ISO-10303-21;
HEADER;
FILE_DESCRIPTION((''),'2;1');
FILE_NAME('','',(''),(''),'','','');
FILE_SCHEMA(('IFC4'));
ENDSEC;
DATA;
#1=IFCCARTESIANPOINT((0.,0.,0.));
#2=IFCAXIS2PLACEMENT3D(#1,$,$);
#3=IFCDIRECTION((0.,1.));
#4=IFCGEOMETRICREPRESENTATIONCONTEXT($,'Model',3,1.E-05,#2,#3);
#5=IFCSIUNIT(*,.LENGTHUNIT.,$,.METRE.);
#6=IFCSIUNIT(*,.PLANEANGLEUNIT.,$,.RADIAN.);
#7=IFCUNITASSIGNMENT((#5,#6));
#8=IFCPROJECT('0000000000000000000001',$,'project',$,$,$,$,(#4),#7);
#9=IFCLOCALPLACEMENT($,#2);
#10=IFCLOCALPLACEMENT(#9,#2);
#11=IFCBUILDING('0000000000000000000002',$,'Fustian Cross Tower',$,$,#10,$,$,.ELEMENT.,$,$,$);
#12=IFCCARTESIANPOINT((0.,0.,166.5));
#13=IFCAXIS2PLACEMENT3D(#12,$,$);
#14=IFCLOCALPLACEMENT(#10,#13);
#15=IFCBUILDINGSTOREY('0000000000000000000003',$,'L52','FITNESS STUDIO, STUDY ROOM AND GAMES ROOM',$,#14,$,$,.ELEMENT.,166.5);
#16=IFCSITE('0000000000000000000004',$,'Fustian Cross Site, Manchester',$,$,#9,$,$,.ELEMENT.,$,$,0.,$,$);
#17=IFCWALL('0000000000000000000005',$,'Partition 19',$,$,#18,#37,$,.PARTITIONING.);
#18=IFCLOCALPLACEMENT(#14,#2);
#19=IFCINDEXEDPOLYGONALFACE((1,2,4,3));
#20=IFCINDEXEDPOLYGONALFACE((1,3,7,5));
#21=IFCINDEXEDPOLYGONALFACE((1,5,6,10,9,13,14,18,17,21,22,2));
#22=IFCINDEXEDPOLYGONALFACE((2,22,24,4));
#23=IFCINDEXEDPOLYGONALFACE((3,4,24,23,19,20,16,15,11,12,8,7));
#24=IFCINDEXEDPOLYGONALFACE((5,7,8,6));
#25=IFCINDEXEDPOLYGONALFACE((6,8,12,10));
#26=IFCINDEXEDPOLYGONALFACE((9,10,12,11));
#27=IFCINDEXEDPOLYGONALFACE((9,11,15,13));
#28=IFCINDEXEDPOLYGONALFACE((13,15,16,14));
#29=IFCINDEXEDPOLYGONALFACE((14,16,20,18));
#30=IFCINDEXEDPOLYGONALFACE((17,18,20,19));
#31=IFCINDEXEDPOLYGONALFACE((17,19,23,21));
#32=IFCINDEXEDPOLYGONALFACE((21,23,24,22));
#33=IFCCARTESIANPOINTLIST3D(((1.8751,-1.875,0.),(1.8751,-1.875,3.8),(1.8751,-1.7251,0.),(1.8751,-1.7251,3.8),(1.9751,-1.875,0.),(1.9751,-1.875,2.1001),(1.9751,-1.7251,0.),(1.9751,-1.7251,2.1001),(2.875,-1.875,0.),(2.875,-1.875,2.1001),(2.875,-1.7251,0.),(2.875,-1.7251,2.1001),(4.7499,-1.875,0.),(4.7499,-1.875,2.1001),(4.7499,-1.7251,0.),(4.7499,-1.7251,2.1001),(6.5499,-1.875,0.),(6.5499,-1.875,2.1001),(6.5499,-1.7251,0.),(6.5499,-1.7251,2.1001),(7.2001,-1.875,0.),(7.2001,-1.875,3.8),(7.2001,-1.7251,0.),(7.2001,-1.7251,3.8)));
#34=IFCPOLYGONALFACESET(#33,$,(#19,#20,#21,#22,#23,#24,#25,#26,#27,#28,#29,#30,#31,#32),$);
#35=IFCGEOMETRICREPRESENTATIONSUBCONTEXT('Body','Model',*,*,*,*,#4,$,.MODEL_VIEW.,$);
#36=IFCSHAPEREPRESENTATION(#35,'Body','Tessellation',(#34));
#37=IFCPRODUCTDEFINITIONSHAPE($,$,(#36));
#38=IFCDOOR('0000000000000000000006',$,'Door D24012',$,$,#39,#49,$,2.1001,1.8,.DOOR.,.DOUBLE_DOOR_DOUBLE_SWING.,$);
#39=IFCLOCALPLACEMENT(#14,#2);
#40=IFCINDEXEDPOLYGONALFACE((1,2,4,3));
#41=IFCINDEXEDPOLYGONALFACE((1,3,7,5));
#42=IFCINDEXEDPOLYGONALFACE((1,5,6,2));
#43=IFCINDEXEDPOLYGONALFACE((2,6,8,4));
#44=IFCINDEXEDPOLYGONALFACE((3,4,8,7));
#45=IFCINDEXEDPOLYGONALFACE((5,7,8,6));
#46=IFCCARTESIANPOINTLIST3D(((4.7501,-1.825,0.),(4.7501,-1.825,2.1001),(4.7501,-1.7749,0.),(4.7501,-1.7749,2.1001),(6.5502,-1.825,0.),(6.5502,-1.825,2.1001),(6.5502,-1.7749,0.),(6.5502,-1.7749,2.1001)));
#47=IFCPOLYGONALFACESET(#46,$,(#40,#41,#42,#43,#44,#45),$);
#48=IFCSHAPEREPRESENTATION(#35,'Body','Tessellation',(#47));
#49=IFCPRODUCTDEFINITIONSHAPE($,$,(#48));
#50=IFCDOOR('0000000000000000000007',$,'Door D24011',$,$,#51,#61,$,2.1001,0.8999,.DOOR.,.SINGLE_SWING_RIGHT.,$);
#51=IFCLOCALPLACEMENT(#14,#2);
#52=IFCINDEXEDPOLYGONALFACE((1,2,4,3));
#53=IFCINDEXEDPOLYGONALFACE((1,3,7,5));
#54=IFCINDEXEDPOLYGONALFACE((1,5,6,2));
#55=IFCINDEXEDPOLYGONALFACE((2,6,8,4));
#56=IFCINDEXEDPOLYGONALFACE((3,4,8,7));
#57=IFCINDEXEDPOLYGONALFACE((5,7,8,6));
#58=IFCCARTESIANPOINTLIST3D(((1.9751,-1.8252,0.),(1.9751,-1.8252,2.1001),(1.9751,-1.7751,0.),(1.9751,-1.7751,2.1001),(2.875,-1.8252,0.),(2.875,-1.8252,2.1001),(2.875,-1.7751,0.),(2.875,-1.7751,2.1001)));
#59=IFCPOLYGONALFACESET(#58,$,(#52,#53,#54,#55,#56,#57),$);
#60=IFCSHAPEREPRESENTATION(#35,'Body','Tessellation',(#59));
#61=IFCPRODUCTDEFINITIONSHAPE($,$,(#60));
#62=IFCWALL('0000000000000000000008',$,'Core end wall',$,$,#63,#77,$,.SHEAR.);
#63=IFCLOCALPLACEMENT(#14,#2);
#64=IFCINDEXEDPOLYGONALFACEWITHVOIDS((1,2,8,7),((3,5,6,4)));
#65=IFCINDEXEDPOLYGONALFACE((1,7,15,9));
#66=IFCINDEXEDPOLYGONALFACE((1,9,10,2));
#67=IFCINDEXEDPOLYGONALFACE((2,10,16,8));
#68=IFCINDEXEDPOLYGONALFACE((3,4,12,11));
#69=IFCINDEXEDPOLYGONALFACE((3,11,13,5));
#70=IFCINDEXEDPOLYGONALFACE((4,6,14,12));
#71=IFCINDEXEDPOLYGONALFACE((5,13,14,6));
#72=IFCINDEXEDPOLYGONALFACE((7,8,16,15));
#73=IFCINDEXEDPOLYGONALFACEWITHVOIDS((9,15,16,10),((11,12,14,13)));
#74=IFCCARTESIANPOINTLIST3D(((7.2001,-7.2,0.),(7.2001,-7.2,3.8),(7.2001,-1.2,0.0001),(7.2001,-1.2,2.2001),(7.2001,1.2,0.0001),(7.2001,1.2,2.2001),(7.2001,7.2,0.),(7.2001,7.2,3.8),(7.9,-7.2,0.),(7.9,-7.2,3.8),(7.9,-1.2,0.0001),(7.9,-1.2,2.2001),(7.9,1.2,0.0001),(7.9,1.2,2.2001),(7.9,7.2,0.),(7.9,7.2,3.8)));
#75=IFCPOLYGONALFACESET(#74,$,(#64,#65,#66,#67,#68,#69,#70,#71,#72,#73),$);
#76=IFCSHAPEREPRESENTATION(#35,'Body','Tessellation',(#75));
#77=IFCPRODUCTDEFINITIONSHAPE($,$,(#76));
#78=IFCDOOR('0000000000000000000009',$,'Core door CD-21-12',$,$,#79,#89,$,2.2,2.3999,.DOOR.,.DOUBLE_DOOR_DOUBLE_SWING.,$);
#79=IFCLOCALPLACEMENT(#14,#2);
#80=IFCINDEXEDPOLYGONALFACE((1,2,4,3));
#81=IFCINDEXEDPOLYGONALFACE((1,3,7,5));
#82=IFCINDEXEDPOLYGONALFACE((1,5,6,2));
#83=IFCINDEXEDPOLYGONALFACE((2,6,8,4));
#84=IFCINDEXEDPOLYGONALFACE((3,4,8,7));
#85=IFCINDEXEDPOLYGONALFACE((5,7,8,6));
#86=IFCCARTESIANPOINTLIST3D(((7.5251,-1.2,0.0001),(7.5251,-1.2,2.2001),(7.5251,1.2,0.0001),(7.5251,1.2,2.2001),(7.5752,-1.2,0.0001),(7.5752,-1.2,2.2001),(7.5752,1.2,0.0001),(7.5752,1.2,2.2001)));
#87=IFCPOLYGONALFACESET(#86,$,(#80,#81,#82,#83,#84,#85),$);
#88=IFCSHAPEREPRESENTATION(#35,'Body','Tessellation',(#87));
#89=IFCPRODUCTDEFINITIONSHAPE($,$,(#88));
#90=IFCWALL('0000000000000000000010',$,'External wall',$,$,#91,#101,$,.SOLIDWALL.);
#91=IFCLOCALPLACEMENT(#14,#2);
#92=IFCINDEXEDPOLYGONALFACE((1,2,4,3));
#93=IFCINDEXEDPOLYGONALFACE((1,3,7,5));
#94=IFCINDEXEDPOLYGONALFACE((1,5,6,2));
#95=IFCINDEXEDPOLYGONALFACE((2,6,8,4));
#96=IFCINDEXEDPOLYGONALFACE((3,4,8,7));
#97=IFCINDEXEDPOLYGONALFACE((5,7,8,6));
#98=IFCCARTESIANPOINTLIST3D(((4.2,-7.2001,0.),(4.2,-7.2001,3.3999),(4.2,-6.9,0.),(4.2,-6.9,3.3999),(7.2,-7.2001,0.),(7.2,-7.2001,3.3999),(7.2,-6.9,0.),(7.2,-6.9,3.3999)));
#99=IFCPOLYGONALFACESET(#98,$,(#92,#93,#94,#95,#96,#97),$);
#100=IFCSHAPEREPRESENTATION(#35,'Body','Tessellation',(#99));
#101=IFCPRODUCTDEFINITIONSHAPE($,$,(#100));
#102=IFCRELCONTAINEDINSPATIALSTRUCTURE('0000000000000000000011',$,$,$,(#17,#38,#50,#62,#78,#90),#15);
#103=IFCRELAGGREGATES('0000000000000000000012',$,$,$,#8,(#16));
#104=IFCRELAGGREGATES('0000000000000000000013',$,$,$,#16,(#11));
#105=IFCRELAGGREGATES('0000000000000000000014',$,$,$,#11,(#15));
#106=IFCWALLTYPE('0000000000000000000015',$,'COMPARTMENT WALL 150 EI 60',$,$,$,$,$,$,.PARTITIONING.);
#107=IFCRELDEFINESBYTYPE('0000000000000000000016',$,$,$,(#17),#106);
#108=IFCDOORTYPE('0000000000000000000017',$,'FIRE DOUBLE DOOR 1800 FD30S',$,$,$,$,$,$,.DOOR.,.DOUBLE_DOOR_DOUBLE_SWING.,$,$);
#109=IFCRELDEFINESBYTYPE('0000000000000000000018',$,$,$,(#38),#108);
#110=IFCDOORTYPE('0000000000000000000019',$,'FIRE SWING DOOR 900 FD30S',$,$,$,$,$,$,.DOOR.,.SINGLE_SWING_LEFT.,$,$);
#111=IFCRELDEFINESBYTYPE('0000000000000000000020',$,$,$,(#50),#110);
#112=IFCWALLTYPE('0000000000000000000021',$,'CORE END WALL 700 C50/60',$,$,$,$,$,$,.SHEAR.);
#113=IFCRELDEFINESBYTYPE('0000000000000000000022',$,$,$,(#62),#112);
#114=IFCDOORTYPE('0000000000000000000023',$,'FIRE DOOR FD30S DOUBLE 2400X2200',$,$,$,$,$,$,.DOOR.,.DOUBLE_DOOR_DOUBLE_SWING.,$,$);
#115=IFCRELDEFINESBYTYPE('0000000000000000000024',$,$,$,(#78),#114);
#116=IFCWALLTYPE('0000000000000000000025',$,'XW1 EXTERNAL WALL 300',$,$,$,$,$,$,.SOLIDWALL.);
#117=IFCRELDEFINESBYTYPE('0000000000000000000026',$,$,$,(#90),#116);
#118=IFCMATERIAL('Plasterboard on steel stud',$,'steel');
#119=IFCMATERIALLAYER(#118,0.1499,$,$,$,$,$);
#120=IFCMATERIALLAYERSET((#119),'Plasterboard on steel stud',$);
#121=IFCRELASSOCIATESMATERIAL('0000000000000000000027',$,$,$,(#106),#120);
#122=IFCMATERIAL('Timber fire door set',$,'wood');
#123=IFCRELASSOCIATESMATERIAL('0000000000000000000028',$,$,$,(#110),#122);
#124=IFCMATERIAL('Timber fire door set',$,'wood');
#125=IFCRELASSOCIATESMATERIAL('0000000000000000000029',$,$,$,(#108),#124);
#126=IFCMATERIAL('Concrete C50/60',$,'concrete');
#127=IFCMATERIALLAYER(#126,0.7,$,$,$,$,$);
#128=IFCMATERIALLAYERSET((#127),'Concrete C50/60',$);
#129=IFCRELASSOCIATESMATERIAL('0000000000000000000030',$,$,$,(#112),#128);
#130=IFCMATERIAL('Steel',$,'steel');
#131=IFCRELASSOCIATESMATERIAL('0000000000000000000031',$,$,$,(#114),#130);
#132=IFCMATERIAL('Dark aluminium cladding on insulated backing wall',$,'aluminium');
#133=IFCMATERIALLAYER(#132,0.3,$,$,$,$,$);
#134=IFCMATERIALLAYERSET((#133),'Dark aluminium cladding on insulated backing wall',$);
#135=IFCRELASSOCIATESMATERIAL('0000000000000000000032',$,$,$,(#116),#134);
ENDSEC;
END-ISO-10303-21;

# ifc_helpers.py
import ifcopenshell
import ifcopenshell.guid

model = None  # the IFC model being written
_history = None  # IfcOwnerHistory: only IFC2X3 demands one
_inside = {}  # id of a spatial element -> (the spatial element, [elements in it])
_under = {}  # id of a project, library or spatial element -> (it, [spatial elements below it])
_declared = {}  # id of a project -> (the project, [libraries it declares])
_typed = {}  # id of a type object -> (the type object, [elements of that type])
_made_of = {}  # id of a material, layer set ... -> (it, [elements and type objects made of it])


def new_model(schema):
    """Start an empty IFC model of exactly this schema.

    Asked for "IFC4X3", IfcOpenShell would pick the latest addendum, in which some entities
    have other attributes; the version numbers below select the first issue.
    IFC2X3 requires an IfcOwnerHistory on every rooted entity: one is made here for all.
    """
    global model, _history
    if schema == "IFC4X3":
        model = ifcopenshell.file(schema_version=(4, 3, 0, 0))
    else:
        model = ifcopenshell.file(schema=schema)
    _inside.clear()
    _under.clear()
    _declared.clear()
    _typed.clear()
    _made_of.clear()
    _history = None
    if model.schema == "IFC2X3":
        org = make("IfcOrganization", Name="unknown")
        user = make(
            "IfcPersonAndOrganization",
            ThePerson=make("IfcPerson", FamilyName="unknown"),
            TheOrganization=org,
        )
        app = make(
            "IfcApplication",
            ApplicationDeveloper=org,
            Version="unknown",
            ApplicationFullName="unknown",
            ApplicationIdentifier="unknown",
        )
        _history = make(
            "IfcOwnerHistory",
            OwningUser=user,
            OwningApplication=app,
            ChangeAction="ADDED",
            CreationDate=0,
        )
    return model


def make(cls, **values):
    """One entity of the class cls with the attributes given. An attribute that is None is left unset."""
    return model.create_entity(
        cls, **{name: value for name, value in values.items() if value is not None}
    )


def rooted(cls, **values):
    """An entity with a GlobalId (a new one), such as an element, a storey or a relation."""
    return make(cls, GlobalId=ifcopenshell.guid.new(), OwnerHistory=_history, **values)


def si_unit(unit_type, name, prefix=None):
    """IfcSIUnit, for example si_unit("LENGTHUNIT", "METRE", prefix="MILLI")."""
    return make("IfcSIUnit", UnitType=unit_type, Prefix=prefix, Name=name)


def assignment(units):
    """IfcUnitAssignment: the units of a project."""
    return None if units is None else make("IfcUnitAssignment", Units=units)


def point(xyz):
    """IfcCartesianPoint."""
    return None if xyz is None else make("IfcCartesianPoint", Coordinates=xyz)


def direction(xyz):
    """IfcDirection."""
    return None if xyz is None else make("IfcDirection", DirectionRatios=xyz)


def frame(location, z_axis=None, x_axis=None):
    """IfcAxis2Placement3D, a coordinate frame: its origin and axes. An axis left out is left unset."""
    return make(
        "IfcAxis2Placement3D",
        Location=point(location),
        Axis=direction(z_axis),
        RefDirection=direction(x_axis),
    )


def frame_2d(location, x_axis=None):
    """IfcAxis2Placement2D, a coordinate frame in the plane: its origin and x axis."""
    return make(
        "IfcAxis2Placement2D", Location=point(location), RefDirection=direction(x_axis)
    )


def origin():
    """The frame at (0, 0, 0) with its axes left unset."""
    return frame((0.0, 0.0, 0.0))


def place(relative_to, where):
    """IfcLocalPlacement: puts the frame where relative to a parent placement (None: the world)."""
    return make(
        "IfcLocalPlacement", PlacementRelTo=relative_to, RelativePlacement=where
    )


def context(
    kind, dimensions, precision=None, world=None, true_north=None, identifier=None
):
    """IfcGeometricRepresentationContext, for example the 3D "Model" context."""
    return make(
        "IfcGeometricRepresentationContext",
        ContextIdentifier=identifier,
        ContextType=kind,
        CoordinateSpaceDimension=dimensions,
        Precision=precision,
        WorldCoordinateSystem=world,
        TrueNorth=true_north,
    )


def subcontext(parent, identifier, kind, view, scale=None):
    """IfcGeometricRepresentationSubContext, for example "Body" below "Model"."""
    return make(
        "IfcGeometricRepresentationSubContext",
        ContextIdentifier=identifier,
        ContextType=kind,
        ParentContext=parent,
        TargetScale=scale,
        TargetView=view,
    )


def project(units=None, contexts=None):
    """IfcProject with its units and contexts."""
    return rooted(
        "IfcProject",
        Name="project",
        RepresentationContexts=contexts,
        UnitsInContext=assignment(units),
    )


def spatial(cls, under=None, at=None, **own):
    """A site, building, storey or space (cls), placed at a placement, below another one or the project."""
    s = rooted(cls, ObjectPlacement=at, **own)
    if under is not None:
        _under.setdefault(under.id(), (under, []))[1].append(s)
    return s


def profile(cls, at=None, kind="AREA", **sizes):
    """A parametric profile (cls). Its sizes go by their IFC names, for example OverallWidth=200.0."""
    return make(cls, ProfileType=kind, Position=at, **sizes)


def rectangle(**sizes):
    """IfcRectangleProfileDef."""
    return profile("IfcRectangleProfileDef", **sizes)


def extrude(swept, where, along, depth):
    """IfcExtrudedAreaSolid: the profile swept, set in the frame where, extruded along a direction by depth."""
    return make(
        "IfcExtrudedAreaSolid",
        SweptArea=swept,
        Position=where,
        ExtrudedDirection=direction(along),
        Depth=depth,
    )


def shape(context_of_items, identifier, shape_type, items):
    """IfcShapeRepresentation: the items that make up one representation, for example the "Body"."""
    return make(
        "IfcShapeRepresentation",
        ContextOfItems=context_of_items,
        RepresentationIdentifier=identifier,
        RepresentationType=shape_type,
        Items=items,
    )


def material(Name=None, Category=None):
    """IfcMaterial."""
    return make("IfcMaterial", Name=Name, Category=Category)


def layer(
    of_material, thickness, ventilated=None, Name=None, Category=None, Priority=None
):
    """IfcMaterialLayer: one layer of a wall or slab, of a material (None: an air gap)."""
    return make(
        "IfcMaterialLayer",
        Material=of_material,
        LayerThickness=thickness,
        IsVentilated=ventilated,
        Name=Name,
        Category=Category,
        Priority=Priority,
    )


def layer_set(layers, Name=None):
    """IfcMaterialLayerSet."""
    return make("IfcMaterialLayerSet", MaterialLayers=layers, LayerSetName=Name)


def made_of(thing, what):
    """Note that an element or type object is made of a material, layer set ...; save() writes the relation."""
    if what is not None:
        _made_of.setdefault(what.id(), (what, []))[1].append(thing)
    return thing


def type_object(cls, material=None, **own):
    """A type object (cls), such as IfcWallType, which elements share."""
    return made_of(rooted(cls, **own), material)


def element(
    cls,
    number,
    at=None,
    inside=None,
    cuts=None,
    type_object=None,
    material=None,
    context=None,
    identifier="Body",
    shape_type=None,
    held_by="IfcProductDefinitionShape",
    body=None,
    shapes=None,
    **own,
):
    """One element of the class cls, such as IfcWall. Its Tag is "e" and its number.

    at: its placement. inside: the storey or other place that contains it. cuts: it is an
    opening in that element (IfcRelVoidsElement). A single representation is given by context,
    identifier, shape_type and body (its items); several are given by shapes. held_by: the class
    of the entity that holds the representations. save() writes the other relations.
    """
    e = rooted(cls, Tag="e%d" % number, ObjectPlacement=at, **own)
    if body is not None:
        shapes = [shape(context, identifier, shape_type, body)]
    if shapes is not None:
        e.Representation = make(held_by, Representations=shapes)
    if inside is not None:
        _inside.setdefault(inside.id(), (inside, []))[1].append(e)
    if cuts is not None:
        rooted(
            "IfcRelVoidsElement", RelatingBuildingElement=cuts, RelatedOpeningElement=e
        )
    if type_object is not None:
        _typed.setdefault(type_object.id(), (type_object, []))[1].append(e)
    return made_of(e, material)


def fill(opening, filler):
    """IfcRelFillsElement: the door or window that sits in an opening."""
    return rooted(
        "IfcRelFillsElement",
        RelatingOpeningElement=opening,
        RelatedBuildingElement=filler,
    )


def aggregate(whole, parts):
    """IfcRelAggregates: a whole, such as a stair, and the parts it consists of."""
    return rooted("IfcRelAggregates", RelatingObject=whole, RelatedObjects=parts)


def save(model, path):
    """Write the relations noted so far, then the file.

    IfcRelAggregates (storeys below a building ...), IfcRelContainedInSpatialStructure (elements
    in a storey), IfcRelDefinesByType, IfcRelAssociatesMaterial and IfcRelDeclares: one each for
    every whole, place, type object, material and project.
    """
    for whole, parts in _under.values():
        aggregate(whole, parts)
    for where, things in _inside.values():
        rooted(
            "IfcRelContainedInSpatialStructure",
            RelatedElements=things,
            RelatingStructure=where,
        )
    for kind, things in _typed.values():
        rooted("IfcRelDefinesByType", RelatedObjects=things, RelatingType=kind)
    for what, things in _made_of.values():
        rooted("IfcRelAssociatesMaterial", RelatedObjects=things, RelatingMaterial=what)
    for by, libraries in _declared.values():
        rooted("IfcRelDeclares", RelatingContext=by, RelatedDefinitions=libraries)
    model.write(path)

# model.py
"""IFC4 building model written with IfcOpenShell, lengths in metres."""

from ifc_helpers import new_model, si_unit, direction, frame, frame_2d, origin, place, context, subcontext, project, spatial, rectangle, extrude, material, layer, layer_set, type_object, element, fill, save


model = new_model("IFC4")

# Units and contexts
model_context = context("Model", 3, precision=1e-05, world=origin(), true_north=direction((0.0, 1.0)))
body_context = subcontext(model_context, "Body", "Model", "MODEL_VIEW")
ifc_project = project(units=[si_unit("LENGTHUNIT", "METRE"), si_unit("PLANEANGLEUNIT", "RADIAN")], contexts=[model_context])

# Site, building, storey
site_placement = place(None, origin())
site = spatial("IfcSite", under=ifc_project, at=site_placement, Name="Fustian Cross Site, Manchester", CompositionType="ELEMENT", RefElevation=0.0)
building_placement = place(site_placement, origin())
building = spatial("IfcBuilding", under=site, at=building_placement, Name="Fustian Cross Tower", CompositionType="ELEMENT")
storey_placement = place(building_placement, frame((0.0, 0.0, 166.5)))
storey = spatial("IfcBuildingStorey", under=building, at=storey_placement, Name="L52", Description="FITNESS STUDIO, STUDY ROOM AND GAMES ROOM", CompositionType="ELEMENT", Elevation=166.5)

# Shared definitions
ifc_material_1 = material(Name="Plasterboard on steel stud", Category="steel")
ifc_layer_1 = layer(ifc_material_1, 0.1499)
ifc_layer_set_1 = layer_set([ifc_layer_1], Name="Plasterboard on steel stud")
wall_type_1 = type_object("IfcWallType", Name="COMPARTMENT WALL 150 EI 60", PredefinedType="PARTITIONING", material=ifc_layer_set_1)

# Shared definitions
ifc_material_2 = material(Name="Timber fire door set", Category="wood")
door_type_1 = type_object("IfcDoorType", Name="FIRE SWING DOOR 900 FD30S", OperationType="SINGLE_SWING_LEFT", PredefinedType="DOOR", material=ifc_material_2)

# Shared definitions
ifc_material_3 = material(Name="Timber fire door set", Category="wood")
door_type_2 = type_object("IfcDoorType", Name="FIRE DOUBLE DOOR 1800 FD30S", OperationType="DOUBLE_DOOR_DOUBLE_SWING", PredefinedType="DOOR", material=ifc_material_3)

# Wall, openings, doors
wall_1_placement = place(storey_placement, frame((1.875, -1.8, 0.0), z_axis=(0.0, 0.0, 1.0), x_axis=(1.0, 0.0, 0.0)))
wall_1 = element("IfcWall", 1, at=wall_1_placement, inside=storey, type_object=wall_type_1, Name="Partition 19", PredefinedType="PARTITIONING", context=body_context, shape_type="SweptSolid", body=[
    extrude(rectangle(XDim=5.325, YDim=0.1499, at=frame_2d((2.6626, 0.0))), origin(), (0.0, 0.0, 1.0), 3.8),
])
opening_1_placement = place(wall_1_placement, frame((0.1001, 0.0, 0.0)))
opening_1 = element("IfcOpeningElement", 2, at=opening_1_placement, cuts=wall_1, PredefinedType="OPENING", context=body_context, shape_type="SweptSolid", body=[
    extrude(rectangle(XDim=0.8999, YDim=2.1001, at=frame_2d((0.45, 1.05))), frame((0.0, 0.085, 0.0), z_axis=(0.0, -1.0, 0.0), x_axis=(1.0, 0.0, 0.0)), (0.0, 0.0, 1.0), 0.1699),
])
opening_2_placement = place(wall_1_placement, frame((2.875, 0.0, 0.0)))
opening_2 = element("IfcOpeningElement", 3, at=opening_2_placement, cuts=wall_1, PredefinedType="OPENING", context=body_context, shape_type="SweptSolid", body=[
    extrude(rectangle(XDim=1.8, YDim=2.1001, at=frame_2d((0.8999, 1.05))), frame((0.0, 0.085, 0.0), z_axis=(0.0, -1.0, 0.0), x_axis=(1.0, 0.0, 0.0)), (0.0, 0.0, 1.0), 0.1699),
])
door_1_placement = place(opening_2_placement, frame((1.8, 0.0, 0.0), z_axis=(0.0, 0.0, 1.0), x_axis=(-1.0, 0.0, 0.0)))
door_1 = element("IfcDoor", 4, at=door_1_placement, inside=storey, type_object=door_type_2, Name="Door D24012", OperationType="DOUBLE_DOOR_DOUBLE_SWING", OverallHeight=2.1001, OverallWidth=1.8, PredefinedType="DOOR", context=body_context, shape_type="SweptSolid", body=[
    extrude(rectangle(XDim=1.8, YDim=2.1001, at=frame_2d((0.8999, 1.05))), frame((0.0, 0.0249, 0.0), z_axis=(0.0, -1.0, 0.0), x_axis=(1.0, 0.0, 0.0)), (0.0, 0.0, 1.0), 0.05),
])
fill(opening_2, door_1)
door_2_placement = place(opening_1_placement, origin())
door_2 = element("IfcDoor", 5, at=door_2_placement, inside=storey, type_object=door_type_1, Name="Door D24011", OperationType="SINGLE_SWING_RIGHT", OverallHeight=2.1001, OverallWidth=0.8999, PredefinedType="DOOR", context=body_context, shape_type="SweptSolid", body=[
    extrude(rectangle(XDim=0.8999, YDim=2.1001, at=frame_2d((0.45, 1.05))), frame((0.0, 0.0249, 0.0), z_axis=(0.0, -1.0, 0.0), x_axis=(1.0, 0.0, 0.0)), (0.0, 0.0, 1.0), 0.05),
])
fill(opening_1, door_2)

# Wall, opening, door
ifc_material_4 = material(Name="Concrete C50/60", Category="concrete")
ifc_layer_2 = layer(ifc_material_4, 0.7)
ifc_layer_set_2 = layer_set([ifc_layer_2], Name="Concrete C50/60")
wall_type_2 = type_object("IfcWallType", Name="CORE END WALL 700 C50/60", PredefinedType="SHEAR", material=ifc_layer_set_2)
wall_2_placement = place(storey_placement, frame((7.55, -7.2, 0.0), z_axis=(0.0, 0.0, 1.0), x_axis=(0.0, 1.0, 0.0)))
wall_2 = element("IfcWall", 6, at=wall_2_placement, inside=storey, type_object=wall_type_2, Name="Core end wall", PredefinedType="SHEAR", context=body_context, shape_type="SweptSolid", body=[
    extrude(rectangle(XDim=14.3999, YDim=0.7, at=frame_2d((7.2, 0.0))), origin(), (0.0, 0.0, 1.0), 3.8),
])
opening_3_placement = place(wall_2_placement, frame((6.0, 0.0, 0.0)))
opening_3 = element("IfcOpeningElement", 7, at=opening_3_placement, cuts=wall_2, PredefinedType="OPENING", context=body_context, shape_type="SweptSolid", body=[
    extrude(rectangle(XDim=2.3999, YDim=2.2, at=frame_2d((1.2, 1.1001))), frame((0.0, 0.3599, 0.0), z_axis=(0.0, -1.0, 0.0), x_axis=(1.0, 0.0, 0.0)), (0.0, 0.0, 1.0), 0.72),
])
ifc_material_5 = material(Name="Steel", Category="steel")
door_type_3 = type_object("IfcDoorType", Name="FIRE DOOR FD30S DOUBLE 2400X2200", OperationType="DOUBLE_DOOR_DOUBLE_SWING", PredefinedType="DOOR", material=ifc_material_5)
door_3_placement = place(opening_3_placement, origin())
door_3 = element("IfcDoor", 8, at=door_3_placement, inside=storey, type_object=door_type_3, Name="Core door CD-21-12", OperationType="DOUBLE_DOOR_DOUBLE_SWING", OverallHeight=2.2, OverallWidth=2.3999, PredefinedType="DOOR", context=body_context, shape_type="SweptSolid", body=[
    extrude(rectangle(XDim=2.3999, YDim=2.2, at=frame_2d((1.2, 1.1001))), frame((0.0, 0.0249, 0.0), z_axis=(0.0, -1.0, 0.0), x_axis=(1.0, 0.0, 0.0)), (0.0, 0.0, 1.0), 0.05),
])
fill(opening_3, door_3)

# Wall
ifc_material_6 = material(Name="Dark aluminium cladding on insulated backing wall", Category="aluminium")
ifc_layer_3 = layer(ifc_material_6, 0.3)
ifc_layer_set_3 = layer_set([ifc_layer_3], Name="Dark aluminium cladding on insulated backing wall")
wall_type_3 = type_object("IfcWallType", Name="XW1 EXTERNAL WALL 300", PredefinedType="SOLIDWALL", material=ifc_layer_set_3)
wall_3_placement = place(storey_placement, frame((4.2, -7.05, 0.0), z_axis=(0.0, 0.0, 1.0), x_axis=(1.0, 0.0, 0.0)))
element("IfcWall", 9, at=wall_3_placement, inside=storey, type_object=wall_type_3, Name="External wall", PredefinedType="SOLIDWALL", context=body_context, shape_type="SweptSolid", body=[
    extrude(rectangle(XDim=3.0, YDim=0.3, at=frame_2d((1.5, 0.0))), origin(), (0.0, 0.0, 1.0), 3.3999),
])

save(model, "model.ifc")
